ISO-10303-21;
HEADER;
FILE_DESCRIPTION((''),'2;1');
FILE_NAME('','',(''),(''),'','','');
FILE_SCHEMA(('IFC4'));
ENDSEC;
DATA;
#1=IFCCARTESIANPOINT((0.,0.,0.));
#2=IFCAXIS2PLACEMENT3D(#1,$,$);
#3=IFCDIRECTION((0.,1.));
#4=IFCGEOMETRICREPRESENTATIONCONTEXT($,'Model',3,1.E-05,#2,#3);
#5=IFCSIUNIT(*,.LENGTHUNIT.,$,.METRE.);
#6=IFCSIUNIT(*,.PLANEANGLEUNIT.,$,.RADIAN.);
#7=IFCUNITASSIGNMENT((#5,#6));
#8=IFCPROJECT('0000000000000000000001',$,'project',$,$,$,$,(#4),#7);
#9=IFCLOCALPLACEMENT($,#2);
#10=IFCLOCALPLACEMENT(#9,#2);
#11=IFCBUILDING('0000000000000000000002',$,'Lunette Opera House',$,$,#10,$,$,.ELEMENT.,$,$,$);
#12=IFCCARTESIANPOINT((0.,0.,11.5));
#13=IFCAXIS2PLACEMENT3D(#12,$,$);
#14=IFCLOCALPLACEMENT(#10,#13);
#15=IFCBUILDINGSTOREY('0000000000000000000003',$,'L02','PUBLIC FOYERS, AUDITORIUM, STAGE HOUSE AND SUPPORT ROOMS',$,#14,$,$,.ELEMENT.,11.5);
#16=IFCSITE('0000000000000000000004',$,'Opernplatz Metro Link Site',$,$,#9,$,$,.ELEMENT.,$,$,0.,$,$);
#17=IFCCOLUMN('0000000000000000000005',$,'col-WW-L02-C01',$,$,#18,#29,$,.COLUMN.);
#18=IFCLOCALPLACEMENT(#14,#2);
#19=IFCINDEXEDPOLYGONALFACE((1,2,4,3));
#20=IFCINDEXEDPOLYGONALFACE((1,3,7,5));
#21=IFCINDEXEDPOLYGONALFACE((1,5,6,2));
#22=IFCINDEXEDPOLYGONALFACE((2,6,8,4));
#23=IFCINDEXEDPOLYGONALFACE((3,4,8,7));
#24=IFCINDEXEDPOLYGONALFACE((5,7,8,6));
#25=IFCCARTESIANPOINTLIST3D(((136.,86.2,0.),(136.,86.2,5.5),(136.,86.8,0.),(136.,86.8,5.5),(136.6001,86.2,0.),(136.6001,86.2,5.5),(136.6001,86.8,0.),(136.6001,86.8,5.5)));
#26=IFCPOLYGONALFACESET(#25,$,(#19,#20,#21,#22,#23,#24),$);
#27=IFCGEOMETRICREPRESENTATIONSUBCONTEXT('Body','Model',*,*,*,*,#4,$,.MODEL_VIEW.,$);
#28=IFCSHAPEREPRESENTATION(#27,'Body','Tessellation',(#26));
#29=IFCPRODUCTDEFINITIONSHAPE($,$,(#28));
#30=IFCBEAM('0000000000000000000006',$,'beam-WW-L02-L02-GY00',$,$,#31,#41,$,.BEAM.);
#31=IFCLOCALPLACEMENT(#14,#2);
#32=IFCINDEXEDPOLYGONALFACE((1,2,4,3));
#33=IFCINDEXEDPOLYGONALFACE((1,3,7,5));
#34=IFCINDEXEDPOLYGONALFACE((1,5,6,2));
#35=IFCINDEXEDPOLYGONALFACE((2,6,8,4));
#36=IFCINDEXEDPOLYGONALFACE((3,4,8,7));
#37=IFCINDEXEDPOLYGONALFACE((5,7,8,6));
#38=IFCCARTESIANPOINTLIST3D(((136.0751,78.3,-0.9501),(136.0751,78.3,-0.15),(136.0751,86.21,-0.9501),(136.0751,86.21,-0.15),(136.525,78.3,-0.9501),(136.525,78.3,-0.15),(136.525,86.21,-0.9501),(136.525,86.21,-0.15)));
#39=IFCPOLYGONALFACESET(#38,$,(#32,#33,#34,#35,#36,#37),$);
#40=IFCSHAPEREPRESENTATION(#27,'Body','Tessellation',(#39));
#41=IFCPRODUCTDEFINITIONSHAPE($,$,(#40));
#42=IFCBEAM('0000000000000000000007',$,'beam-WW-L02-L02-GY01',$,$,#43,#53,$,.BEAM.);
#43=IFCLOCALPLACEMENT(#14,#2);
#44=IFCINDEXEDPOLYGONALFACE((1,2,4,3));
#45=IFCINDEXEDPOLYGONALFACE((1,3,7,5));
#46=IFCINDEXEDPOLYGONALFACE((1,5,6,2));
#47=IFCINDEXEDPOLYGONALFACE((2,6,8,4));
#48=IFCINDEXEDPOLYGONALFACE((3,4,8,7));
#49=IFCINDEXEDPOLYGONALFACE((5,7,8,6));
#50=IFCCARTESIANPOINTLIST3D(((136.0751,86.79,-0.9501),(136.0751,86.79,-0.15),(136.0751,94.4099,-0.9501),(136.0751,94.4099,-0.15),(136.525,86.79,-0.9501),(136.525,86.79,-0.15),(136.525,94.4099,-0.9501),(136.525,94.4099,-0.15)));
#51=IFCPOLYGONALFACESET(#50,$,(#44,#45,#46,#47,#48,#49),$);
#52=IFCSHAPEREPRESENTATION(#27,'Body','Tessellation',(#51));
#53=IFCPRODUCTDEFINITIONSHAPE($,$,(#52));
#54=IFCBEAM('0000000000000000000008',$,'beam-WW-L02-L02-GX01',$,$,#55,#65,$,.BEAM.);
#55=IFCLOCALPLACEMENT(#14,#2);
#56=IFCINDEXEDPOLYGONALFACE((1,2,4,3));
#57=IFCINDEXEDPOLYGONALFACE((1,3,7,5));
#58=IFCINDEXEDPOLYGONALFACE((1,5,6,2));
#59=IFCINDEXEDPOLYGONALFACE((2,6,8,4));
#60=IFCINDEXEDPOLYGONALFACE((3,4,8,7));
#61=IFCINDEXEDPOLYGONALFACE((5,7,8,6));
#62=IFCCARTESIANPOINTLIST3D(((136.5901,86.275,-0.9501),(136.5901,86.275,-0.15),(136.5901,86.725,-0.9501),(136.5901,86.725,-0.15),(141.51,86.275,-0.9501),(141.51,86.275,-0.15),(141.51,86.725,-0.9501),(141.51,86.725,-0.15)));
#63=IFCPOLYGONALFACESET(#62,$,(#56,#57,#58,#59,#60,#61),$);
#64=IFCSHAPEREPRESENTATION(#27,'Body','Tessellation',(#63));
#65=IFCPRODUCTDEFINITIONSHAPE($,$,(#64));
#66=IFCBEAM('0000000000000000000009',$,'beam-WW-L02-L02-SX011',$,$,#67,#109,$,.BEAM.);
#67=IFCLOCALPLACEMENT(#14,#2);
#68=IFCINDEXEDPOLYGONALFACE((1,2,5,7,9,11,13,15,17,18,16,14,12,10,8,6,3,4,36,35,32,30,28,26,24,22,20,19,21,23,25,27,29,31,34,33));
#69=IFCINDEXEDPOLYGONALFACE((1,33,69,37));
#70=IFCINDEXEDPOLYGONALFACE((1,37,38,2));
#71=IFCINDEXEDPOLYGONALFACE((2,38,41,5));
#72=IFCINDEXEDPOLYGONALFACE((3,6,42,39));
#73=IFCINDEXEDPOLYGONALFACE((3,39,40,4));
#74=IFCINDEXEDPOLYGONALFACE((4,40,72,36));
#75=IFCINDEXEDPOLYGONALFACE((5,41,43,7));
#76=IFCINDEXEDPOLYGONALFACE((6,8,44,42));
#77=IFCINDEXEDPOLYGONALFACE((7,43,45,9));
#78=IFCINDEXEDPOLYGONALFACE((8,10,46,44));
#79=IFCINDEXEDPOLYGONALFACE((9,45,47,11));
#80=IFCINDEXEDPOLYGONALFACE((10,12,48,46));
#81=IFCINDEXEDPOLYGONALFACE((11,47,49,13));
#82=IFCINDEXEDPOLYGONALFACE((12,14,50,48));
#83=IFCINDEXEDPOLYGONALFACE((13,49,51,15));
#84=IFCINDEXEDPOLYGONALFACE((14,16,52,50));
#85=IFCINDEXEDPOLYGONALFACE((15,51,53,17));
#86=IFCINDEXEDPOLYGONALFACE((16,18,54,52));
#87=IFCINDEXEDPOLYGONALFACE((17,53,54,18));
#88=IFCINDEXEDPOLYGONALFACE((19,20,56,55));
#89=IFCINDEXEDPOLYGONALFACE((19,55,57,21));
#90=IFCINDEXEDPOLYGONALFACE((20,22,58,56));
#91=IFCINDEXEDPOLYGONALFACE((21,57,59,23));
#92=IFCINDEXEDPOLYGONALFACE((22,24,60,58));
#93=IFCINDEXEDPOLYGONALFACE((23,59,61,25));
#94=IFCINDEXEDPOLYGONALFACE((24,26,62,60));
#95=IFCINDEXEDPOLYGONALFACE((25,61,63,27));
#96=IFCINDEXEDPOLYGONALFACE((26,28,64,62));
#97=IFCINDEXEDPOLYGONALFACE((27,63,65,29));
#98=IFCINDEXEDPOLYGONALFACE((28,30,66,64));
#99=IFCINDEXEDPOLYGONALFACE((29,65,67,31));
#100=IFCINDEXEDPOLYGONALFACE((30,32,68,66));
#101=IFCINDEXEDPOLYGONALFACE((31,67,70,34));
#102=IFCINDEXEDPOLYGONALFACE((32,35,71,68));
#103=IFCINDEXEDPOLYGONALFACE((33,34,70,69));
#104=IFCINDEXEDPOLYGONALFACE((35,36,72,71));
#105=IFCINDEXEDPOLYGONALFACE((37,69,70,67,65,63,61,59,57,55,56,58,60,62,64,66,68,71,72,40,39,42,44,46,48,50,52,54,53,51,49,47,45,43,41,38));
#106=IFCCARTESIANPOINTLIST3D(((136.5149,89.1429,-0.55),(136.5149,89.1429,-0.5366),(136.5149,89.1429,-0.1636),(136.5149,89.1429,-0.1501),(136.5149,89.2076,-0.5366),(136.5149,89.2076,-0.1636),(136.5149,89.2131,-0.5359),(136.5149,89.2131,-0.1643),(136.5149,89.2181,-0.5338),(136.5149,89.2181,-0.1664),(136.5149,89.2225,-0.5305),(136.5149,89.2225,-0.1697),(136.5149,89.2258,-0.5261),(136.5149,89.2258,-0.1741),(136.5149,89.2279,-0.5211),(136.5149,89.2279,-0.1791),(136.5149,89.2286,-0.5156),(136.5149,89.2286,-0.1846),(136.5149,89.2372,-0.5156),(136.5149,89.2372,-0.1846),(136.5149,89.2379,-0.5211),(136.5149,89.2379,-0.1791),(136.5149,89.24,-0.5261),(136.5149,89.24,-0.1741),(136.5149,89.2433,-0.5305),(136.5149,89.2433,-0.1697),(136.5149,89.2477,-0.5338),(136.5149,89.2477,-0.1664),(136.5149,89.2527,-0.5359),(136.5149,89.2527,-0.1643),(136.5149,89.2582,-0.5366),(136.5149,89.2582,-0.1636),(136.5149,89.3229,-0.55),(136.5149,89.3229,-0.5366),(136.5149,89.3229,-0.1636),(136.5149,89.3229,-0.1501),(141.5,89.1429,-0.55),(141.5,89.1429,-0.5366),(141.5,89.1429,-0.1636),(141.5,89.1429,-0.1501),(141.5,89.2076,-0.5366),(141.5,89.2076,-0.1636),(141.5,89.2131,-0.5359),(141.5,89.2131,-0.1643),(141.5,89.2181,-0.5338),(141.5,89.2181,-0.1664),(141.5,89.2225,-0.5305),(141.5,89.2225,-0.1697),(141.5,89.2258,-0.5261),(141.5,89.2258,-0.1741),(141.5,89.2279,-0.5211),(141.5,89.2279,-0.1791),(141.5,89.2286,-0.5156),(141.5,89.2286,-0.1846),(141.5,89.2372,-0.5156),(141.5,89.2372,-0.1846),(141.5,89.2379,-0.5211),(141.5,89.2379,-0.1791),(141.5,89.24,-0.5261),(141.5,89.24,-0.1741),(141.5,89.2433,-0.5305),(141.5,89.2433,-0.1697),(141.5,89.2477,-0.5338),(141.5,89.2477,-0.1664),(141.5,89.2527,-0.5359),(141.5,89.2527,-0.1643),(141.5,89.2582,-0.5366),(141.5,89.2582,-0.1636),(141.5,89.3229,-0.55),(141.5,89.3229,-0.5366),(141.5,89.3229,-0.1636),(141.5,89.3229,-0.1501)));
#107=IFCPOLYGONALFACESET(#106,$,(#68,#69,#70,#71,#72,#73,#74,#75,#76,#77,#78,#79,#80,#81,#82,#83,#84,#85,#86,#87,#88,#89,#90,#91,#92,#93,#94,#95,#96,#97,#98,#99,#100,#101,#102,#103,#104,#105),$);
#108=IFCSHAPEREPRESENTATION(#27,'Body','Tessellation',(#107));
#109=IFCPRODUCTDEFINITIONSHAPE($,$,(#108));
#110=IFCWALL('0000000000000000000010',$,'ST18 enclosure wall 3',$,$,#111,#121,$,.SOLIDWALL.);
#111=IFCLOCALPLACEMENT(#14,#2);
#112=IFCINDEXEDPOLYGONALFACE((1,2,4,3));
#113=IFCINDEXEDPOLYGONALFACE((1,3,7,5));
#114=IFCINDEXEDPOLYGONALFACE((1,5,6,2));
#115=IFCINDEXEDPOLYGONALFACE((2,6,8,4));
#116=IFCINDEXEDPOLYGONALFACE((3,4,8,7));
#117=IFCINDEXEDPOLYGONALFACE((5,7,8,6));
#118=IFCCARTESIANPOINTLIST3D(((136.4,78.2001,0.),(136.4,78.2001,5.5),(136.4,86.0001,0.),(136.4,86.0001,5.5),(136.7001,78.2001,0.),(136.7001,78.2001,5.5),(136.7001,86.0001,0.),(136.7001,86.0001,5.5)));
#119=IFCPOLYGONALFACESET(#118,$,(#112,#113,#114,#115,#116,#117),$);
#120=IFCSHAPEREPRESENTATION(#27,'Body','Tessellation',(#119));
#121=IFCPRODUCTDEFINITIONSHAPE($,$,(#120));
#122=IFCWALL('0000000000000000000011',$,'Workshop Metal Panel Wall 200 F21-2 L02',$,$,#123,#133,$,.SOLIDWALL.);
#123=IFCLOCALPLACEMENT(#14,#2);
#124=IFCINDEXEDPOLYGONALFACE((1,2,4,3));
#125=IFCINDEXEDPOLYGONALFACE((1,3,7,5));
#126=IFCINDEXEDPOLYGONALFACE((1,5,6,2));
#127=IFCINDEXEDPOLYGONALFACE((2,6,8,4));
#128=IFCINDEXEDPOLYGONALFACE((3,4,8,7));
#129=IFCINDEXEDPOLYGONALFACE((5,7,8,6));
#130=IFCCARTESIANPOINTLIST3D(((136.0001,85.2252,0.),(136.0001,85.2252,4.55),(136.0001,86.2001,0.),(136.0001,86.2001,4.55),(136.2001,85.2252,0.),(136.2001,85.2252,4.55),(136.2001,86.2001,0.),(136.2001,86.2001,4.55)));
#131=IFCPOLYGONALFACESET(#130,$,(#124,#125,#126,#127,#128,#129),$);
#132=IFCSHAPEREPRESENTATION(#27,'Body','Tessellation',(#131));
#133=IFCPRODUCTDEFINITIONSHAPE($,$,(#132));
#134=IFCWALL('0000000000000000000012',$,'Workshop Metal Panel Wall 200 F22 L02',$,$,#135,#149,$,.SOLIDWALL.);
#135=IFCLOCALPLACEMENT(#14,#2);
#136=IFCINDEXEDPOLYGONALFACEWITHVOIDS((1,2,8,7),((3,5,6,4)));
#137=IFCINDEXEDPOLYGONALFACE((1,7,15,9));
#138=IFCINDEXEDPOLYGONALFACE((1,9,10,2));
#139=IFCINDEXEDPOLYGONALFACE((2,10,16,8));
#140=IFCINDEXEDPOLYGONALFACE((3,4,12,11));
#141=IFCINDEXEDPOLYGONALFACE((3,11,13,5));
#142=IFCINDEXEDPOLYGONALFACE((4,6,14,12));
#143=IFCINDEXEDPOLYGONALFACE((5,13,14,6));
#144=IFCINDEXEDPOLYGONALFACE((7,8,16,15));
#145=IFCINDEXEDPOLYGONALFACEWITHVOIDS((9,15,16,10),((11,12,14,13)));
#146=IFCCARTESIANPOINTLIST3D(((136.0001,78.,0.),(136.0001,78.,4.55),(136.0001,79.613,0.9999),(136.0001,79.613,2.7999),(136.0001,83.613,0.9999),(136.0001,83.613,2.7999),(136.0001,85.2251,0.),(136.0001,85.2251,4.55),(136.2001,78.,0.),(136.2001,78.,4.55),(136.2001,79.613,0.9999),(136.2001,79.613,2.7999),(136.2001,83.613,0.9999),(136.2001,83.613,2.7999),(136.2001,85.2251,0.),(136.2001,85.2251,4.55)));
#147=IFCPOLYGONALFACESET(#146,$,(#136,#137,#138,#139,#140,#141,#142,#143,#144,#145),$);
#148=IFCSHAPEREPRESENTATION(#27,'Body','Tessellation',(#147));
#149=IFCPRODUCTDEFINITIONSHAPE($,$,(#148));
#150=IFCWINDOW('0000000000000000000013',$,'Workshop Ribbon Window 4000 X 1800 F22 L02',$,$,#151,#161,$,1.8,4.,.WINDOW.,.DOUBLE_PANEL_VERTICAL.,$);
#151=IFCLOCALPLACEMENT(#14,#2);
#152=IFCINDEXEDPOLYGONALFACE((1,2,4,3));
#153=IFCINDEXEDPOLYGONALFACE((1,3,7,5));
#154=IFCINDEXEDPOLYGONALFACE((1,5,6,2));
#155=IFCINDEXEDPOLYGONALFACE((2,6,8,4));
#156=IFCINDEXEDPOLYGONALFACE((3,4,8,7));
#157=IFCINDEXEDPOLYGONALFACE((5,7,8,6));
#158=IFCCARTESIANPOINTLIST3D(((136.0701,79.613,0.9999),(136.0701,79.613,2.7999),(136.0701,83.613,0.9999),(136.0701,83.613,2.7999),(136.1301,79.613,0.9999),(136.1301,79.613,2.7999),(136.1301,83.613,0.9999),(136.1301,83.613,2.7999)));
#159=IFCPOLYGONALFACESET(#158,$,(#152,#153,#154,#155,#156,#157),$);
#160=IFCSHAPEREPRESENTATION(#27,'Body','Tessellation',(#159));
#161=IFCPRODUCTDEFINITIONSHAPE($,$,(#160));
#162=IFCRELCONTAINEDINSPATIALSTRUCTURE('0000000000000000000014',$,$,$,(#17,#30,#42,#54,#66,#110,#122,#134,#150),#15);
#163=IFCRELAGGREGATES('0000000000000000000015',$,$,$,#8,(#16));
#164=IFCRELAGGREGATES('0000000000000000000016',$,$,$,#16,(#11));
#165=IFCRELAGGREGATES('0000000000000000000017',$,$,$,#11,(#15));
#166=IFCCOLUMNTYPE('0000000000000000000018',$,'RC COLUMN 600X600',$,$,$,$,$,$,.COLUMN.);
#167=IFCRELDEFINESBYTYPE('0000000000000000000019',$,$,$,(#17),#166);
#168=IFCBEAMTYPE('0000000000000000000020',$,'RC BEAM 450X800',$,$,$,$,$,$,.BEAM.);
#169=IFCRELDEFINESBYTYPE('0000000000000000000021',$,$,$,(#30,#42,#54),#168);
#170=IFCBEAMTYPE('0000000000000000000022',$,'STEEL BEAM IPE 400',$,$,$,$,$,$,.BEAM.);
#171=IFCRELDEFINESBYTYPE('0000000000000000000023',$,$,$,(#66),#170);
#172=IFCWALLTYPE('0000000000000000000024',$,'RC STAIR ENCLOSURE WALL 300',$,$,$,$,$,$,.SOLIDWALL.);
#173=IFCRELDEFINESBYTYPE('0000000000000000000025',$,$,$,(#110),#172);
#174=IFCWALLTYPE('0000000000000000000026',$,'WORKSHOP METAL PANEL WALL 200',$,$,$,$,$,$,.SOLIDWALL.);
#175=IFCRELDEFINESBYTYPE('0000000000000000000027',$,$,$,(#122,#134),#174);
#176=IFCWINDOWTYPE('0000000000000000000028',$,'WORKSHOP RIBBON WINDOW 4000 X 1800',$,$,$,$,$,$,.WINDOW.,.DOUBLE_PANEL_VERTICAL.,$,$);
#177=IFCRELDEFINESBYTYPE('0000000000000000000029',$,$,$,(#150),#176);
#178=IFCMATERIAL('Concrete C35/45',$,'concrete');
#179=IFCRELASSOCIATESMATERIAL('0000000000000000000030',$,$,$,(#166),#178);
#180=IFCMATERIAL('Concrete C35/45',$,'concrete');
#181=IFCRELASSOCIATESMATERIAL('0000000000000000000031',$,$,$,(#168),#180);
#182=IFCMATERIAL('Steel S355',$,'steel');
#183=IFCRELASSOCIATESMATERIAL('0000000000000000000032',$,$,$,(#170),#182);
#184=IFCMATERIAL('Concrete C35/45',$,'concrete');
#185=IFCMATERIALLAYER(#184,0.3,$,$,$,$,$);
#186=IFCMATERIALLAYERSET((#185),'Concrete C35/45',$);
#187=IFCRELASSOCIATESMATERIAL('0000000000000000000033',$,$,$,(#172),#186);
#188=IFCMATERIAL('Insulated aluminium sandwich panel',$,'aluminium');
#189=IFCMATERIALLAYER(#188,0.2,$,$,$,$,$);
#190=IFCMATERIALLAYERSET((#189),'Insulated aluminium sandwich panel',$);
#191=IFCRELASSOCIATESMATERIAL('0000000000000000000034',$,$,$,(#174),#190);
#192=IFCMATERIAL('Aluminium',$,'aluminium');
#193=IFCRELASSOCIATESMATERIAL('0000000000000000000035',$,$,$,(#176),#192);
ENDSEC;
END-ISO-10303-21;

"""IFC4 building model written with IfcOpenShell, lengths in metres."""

from ifc_helpers import new_model, si_unit, direction, frame, frame_2d, origin, origin_2d, place, context, subcontext, project, spatial, rectangle, i_section, extrude, material, layer, layer_set, material_profile, profile_set, type_object, element, fill, save


model = new_model("IFC4")

# Units and contexts
model_context = context("Model", 3, precision=1e-05, world=origin(), true_north=direction((0.0, 1.0)))
body_context = subcontext(model_context, "Body", "Model", "MODEL_VIEW")
ifc_project = project(units=[si_unit("LENGTHUNIT", "METRE"), si_unit("PLANEANGLEUNIT", "RADIAN")], contexts=[model_context])

# Site, building, storey
site_placement = place(None, origin())
site = spatial("IfcSite", under=ifc_project, at=site_placement, Name="Opernplatz Metro Link Site", CompositionType="ELEMENT", RefElevation=0.0)
building_placement = place(site_placement, origin())
building = spatial("IfcBuilding", under=site, at=building_placement, Name="Lunette Opera House", CompositionType="ELEMENT")
storey_placement = place(building_placement, frame((0.0, 0.0, 11.5)))
storey = spatial("IfcBuildingStorey", under=building, at=storey_placement, Name="L02", Description="PUBLIC FOYERS, AUDITORIUM, STAGE HOUSE AND SUPPORT ROOMS", CompositionType="ELEMENT", Elevation=11.5)

# Column
ifc_material_1 = material(Name="Concrete C35/45", Category="concrete")
ifc_material_profile_1 = material_profile(ifc_material_1, rectangle(XDim=0.6001, YDim=0.6001, at=origin_2d()), Name="RC COLUMN 600X600")
ifc_profile_set_1 = profile_set([ifc_material_profile_1], Name="Concrete C35/45")
column_type = type_object("IfcColumnType", Name="RC COLUMN 600X600", PredefinedType="COLUMN", material=ifc_profile_set_1)
column_placement = place(storey_placement, frame((136.3, 86.5, 0.0), z_axis=(0.0, 0.0, 1.0), x_axis=(1.0, 0.0, 0.0)))
element("IfcColumn", 1, at=column_placement, inside=storey, type_object=column_type, Name="col-WW-L02-C01", PredefinedType="COLUMN", context=body_context, shape_type="SweptSolid", body=[
    extrude(rectangle(XDim=0.6001, YDim=0.6001, at=origin_2d()), origin(), (0.0, 0.0, 1.0), 5.5),
])

# Beams
ifc_material_2 = material(Name="Concrete C35/45", Category="concrete")
ifc_material_profile_2 = material_profile(ifc_material_2, rectangle(XDim=0.45, YDim=0.8, at=origin_2d()), Name="RC BEAM 450X800")
ifc_profile_set_2 = profile_set([ifc_material_profile_2], Name="Concrete C35/45")
beam_type_1 = type_object("IfcBeamType", Name="RC BEAM 450X800", PredefinedType="BEAM", material=ifc_profile_set_2)
beam_1_placement = place(storey_placement, frame((136.3, 78.3, -0.55), z_axis=(0.0, 1.0, 0.0), x_axis=(-1.0, 0.0, 0.0)))
element("IfcBeam", 2, at=beam_1_placement, inside=storey, type_object=beam_type_1, Name="beam-WW-L02-L02-GY00", PredefinedType="BEAM", context=body_context, shape_type="SweptSolid", body=[
    extrude(rectangle(XDim=0.45, YDim=0.8, at=origin_2d()), origin(), (0.0, 0.0, 1.0), 7.9099),
])
beam_2_placement = place(storey_placement, frame((136.3, 86.79, -0.55), z_axis=(0.0, 1.0, 0.0), x_axis=(-1.0, 0.0, 0.0)))
element("IfcBeam", 3, at=beam_2_placement, inside=storey, type_object=beam_type_1, Name="beam-WW-L02-L02-GY01", PredefinedType="BEAM", context=body_context, shape_type="SweptSolid", body=[
    extrude(rectangle(XDim=0.45, YDim=0.8, at=origin_2d()), origin(), (0.0, 0.0, 1.0), 7.6199),
])
beam_3_placement = place(storey_placement, frame((136.5901, 86.5, -0.55), z_axis=(1.0, 0.0, 0.0), x_axis=(0.0, 1.0, 0.0)))
element("IfcBeam", 4, at=beam_3_placement, inside=storey, type_object=beam_type_1, Name="beam-WW-L02-L02-GX01", PredefinedType="BEAM", context=body_context, shape_type="SweptSolid", body=[
    extrude(rectangle(XDim=0.45, YDim=0.8, at=origin_2d()), origin(), (0.0, 0.0, 1.0), 4.9199),
])
ifc_material_3 = material(Name="Steel S355", Category="steel")
ifc_material_profile_3 = material_profile(ifc_material_3, i_section(OverallWidth=0.1799, OverallDepth=0.3999, WebThickness=0.0085, FlangeThickness=0.0134, FilletRadius=0.021, at=origin_2d()), Name="IPE 400")
ifc_profile_set_3 = profile_set([ifc_material_profile_3], Name="Steel S355")
beam_type_2 = type_object("IfcBeamType", Name="STEEL BEAM IPE 400", PredefinedType="BEAM", material=ifc_profile_set_3)
beam_4_placement = place(storey_placement, frame((136.5149, 89.2329, -0.3501), z_axis=(1.0, 0.0, 0.0), x_axis=(0.0, 1.0, 0.0)))
element("IfcBeam", 5, at=beam_4_placement, inside=storey, type_object=beam_type_2, Name="beam-WW-L02-L02-SX011", PredefinedType="BEAM", context=body_context, shape_type="SweptSolid", body=[
    extrude(i_section(OverallWidth=0.1799, OverallDepth=0.3999, WebThickness=0.0085, FlangeThickness=0.0134, FilletRadius=0.021, at=origin_2d()), origin(), (0.0, 0.0, 1.0), 4.9851),
])

# Walls
ifc_material_4 = material(Name="Concrete C35/45", Category="concrete")
ifc_layer_1 = layer(ifc_material_4, 0.3)
ifc_layer_set_1 = layer_set([ifc_layer_1], Name="Concrete C35/45")
wall_type_1 = type_object("IfcWallType", Name="RC STAIR ENCLOSURE WALL 300", PredefinedType="SOLIDWALL", material=ifc_layer_set_1)
wall_1_placement = place(storey_placement, frame((136.55, 86.0, 0.0), z_axis=(0.0, 0.0, 1.0), x_axis=(0.0, -1.0, 0.0)))
element("IfcWall", 6, at=wall_1_placement, inside=storey, type_object=wall_type_1, Name="ST18 enclosure wall 3", PredefinedType="SOLIDWALL", context=body_context, shape_type="SweptSolid", body=[
    extrude(rectangle(XDim=7.8, YDim=0.3, at=frame_2d((3.8999, 0.0))), origin(), (0.0, 0.0, 1.0), 5.5),
])
ifc_material_5 = material(Name="Insulated aluminium sandwich panel", Category="aluminium")
ifc_layer_2 = layer(ifc_material_5, 0.2)
ifc_layer_set_2 = layer_set([ifc_layer_2], Name="Insulated aluminium sandwich panel")
wall_type_2 = type_object("IfcWallType", Name="WORKSHOP METAL PANEL WALL 200", PredefinedType="SOLIDWALL", material=ifc_layer_set_2)
wall_2_placement = place(storey_placement, frame((136.1001, 86.2, 0.0), z_axis=(0.0, 0.0, 1.0), x_axis=(0.0, -1.0, 0.0)))
element("IfcWall", 7, at=wall_2_placement, inside=storey, type_object=wall_type_2, Name="Workshop Metal Panel Wall 200 F21-2 L02", PredefinedType="SOLIDWALL", context=body_context, shape_type="SweptSolid", body=[
    extrude(rectangle(XDim=0.9749, YDim=0.2, at=frame_2d((0.4873, 0.0))), origin(), (0.0, 0.0, 1.0), 4.55),
])

# Wall, opening, window
wall_3_placement = place(storey_placement, frame((136.1001, 85.2251, 0.0), z_axis=(0.0, 0.0, 1.0), x_axis=(0.0, -1.0, 0.0)))
wall_3 = element("IfcWall", 8, at=wall_3_placement, inside=storey, type_object=wall_type_2, Name="Workshop Metal Panel Wall 200 F22 L02", PredefinedType="SOLIDWALL", context=body_context, shape_type="SweptSolid", body=[
    extrude(rectangle(XDim=7.2251, YDim=0.2, at=frame_2d((3.6125, 0.0))), origin(), (0.0, 0.0, 1.0), 4.55),
])
opening_1_placement = place(wall_3_placement, frame((1.6121, 0.0, 1.0)))
opening_1 = element("IfcOpeningElement", 9, at=opening_1_placement, cuts=wall_3, PredefinedType="OPENING", context=body_context, shape_type="SweptSolid", body=[
    extrude(rectangle(XDim=4.0, YDim=1.8, at=frame_2d((2.0, 0.8999))), frame((0.0, 0.1121, 0.0), z_axis=(0.0, -1.0, 0.0), x_axis=(1.0, 0.0, 0.0)), (0.0, 0.0, 1.0), 0.2239),
])
ifc_material_6 = material(Name="Aluminium", Category="aluminium")
window_type = type_object("IfcWindowType", Name="WORKSHOP RIBBON WINDOW 4000 X 1800", PartitioningType="DOUBLE_PANEL_VERTICAL", PredefinedType="WINDOW", material=ifc_material_6)
window_1_placement = place(opening_1_placement, origin())
window_1 = element("IfcWindow", 10, at=window_1_placement, inside=storey, type_object=window_type, Name="Workshop Ribbon Window 4000 X 1800 F22 L02", OverallHeight=1.8, OverallWidth=4.0, PartitioningType="DOUBLE_PANEL_VERTICAL", PredefinedType="WINDOW", context=body_context, shape_type="SweptSolid", body=[
    extrude(rectangle(XDim=4.0, YDim=1.8, at=frame_2d((2.0, 0.8999))), frame((0.0, 0.03, 0.0), z_axis=(0.0, -1.0, 0.0), x_axis=(1.0, 0.0, 0.0)), (0.0, 0.0, 1.0), 0.0601),
])
fill(opening_1, window_1)

save(model, "model.ifc")
